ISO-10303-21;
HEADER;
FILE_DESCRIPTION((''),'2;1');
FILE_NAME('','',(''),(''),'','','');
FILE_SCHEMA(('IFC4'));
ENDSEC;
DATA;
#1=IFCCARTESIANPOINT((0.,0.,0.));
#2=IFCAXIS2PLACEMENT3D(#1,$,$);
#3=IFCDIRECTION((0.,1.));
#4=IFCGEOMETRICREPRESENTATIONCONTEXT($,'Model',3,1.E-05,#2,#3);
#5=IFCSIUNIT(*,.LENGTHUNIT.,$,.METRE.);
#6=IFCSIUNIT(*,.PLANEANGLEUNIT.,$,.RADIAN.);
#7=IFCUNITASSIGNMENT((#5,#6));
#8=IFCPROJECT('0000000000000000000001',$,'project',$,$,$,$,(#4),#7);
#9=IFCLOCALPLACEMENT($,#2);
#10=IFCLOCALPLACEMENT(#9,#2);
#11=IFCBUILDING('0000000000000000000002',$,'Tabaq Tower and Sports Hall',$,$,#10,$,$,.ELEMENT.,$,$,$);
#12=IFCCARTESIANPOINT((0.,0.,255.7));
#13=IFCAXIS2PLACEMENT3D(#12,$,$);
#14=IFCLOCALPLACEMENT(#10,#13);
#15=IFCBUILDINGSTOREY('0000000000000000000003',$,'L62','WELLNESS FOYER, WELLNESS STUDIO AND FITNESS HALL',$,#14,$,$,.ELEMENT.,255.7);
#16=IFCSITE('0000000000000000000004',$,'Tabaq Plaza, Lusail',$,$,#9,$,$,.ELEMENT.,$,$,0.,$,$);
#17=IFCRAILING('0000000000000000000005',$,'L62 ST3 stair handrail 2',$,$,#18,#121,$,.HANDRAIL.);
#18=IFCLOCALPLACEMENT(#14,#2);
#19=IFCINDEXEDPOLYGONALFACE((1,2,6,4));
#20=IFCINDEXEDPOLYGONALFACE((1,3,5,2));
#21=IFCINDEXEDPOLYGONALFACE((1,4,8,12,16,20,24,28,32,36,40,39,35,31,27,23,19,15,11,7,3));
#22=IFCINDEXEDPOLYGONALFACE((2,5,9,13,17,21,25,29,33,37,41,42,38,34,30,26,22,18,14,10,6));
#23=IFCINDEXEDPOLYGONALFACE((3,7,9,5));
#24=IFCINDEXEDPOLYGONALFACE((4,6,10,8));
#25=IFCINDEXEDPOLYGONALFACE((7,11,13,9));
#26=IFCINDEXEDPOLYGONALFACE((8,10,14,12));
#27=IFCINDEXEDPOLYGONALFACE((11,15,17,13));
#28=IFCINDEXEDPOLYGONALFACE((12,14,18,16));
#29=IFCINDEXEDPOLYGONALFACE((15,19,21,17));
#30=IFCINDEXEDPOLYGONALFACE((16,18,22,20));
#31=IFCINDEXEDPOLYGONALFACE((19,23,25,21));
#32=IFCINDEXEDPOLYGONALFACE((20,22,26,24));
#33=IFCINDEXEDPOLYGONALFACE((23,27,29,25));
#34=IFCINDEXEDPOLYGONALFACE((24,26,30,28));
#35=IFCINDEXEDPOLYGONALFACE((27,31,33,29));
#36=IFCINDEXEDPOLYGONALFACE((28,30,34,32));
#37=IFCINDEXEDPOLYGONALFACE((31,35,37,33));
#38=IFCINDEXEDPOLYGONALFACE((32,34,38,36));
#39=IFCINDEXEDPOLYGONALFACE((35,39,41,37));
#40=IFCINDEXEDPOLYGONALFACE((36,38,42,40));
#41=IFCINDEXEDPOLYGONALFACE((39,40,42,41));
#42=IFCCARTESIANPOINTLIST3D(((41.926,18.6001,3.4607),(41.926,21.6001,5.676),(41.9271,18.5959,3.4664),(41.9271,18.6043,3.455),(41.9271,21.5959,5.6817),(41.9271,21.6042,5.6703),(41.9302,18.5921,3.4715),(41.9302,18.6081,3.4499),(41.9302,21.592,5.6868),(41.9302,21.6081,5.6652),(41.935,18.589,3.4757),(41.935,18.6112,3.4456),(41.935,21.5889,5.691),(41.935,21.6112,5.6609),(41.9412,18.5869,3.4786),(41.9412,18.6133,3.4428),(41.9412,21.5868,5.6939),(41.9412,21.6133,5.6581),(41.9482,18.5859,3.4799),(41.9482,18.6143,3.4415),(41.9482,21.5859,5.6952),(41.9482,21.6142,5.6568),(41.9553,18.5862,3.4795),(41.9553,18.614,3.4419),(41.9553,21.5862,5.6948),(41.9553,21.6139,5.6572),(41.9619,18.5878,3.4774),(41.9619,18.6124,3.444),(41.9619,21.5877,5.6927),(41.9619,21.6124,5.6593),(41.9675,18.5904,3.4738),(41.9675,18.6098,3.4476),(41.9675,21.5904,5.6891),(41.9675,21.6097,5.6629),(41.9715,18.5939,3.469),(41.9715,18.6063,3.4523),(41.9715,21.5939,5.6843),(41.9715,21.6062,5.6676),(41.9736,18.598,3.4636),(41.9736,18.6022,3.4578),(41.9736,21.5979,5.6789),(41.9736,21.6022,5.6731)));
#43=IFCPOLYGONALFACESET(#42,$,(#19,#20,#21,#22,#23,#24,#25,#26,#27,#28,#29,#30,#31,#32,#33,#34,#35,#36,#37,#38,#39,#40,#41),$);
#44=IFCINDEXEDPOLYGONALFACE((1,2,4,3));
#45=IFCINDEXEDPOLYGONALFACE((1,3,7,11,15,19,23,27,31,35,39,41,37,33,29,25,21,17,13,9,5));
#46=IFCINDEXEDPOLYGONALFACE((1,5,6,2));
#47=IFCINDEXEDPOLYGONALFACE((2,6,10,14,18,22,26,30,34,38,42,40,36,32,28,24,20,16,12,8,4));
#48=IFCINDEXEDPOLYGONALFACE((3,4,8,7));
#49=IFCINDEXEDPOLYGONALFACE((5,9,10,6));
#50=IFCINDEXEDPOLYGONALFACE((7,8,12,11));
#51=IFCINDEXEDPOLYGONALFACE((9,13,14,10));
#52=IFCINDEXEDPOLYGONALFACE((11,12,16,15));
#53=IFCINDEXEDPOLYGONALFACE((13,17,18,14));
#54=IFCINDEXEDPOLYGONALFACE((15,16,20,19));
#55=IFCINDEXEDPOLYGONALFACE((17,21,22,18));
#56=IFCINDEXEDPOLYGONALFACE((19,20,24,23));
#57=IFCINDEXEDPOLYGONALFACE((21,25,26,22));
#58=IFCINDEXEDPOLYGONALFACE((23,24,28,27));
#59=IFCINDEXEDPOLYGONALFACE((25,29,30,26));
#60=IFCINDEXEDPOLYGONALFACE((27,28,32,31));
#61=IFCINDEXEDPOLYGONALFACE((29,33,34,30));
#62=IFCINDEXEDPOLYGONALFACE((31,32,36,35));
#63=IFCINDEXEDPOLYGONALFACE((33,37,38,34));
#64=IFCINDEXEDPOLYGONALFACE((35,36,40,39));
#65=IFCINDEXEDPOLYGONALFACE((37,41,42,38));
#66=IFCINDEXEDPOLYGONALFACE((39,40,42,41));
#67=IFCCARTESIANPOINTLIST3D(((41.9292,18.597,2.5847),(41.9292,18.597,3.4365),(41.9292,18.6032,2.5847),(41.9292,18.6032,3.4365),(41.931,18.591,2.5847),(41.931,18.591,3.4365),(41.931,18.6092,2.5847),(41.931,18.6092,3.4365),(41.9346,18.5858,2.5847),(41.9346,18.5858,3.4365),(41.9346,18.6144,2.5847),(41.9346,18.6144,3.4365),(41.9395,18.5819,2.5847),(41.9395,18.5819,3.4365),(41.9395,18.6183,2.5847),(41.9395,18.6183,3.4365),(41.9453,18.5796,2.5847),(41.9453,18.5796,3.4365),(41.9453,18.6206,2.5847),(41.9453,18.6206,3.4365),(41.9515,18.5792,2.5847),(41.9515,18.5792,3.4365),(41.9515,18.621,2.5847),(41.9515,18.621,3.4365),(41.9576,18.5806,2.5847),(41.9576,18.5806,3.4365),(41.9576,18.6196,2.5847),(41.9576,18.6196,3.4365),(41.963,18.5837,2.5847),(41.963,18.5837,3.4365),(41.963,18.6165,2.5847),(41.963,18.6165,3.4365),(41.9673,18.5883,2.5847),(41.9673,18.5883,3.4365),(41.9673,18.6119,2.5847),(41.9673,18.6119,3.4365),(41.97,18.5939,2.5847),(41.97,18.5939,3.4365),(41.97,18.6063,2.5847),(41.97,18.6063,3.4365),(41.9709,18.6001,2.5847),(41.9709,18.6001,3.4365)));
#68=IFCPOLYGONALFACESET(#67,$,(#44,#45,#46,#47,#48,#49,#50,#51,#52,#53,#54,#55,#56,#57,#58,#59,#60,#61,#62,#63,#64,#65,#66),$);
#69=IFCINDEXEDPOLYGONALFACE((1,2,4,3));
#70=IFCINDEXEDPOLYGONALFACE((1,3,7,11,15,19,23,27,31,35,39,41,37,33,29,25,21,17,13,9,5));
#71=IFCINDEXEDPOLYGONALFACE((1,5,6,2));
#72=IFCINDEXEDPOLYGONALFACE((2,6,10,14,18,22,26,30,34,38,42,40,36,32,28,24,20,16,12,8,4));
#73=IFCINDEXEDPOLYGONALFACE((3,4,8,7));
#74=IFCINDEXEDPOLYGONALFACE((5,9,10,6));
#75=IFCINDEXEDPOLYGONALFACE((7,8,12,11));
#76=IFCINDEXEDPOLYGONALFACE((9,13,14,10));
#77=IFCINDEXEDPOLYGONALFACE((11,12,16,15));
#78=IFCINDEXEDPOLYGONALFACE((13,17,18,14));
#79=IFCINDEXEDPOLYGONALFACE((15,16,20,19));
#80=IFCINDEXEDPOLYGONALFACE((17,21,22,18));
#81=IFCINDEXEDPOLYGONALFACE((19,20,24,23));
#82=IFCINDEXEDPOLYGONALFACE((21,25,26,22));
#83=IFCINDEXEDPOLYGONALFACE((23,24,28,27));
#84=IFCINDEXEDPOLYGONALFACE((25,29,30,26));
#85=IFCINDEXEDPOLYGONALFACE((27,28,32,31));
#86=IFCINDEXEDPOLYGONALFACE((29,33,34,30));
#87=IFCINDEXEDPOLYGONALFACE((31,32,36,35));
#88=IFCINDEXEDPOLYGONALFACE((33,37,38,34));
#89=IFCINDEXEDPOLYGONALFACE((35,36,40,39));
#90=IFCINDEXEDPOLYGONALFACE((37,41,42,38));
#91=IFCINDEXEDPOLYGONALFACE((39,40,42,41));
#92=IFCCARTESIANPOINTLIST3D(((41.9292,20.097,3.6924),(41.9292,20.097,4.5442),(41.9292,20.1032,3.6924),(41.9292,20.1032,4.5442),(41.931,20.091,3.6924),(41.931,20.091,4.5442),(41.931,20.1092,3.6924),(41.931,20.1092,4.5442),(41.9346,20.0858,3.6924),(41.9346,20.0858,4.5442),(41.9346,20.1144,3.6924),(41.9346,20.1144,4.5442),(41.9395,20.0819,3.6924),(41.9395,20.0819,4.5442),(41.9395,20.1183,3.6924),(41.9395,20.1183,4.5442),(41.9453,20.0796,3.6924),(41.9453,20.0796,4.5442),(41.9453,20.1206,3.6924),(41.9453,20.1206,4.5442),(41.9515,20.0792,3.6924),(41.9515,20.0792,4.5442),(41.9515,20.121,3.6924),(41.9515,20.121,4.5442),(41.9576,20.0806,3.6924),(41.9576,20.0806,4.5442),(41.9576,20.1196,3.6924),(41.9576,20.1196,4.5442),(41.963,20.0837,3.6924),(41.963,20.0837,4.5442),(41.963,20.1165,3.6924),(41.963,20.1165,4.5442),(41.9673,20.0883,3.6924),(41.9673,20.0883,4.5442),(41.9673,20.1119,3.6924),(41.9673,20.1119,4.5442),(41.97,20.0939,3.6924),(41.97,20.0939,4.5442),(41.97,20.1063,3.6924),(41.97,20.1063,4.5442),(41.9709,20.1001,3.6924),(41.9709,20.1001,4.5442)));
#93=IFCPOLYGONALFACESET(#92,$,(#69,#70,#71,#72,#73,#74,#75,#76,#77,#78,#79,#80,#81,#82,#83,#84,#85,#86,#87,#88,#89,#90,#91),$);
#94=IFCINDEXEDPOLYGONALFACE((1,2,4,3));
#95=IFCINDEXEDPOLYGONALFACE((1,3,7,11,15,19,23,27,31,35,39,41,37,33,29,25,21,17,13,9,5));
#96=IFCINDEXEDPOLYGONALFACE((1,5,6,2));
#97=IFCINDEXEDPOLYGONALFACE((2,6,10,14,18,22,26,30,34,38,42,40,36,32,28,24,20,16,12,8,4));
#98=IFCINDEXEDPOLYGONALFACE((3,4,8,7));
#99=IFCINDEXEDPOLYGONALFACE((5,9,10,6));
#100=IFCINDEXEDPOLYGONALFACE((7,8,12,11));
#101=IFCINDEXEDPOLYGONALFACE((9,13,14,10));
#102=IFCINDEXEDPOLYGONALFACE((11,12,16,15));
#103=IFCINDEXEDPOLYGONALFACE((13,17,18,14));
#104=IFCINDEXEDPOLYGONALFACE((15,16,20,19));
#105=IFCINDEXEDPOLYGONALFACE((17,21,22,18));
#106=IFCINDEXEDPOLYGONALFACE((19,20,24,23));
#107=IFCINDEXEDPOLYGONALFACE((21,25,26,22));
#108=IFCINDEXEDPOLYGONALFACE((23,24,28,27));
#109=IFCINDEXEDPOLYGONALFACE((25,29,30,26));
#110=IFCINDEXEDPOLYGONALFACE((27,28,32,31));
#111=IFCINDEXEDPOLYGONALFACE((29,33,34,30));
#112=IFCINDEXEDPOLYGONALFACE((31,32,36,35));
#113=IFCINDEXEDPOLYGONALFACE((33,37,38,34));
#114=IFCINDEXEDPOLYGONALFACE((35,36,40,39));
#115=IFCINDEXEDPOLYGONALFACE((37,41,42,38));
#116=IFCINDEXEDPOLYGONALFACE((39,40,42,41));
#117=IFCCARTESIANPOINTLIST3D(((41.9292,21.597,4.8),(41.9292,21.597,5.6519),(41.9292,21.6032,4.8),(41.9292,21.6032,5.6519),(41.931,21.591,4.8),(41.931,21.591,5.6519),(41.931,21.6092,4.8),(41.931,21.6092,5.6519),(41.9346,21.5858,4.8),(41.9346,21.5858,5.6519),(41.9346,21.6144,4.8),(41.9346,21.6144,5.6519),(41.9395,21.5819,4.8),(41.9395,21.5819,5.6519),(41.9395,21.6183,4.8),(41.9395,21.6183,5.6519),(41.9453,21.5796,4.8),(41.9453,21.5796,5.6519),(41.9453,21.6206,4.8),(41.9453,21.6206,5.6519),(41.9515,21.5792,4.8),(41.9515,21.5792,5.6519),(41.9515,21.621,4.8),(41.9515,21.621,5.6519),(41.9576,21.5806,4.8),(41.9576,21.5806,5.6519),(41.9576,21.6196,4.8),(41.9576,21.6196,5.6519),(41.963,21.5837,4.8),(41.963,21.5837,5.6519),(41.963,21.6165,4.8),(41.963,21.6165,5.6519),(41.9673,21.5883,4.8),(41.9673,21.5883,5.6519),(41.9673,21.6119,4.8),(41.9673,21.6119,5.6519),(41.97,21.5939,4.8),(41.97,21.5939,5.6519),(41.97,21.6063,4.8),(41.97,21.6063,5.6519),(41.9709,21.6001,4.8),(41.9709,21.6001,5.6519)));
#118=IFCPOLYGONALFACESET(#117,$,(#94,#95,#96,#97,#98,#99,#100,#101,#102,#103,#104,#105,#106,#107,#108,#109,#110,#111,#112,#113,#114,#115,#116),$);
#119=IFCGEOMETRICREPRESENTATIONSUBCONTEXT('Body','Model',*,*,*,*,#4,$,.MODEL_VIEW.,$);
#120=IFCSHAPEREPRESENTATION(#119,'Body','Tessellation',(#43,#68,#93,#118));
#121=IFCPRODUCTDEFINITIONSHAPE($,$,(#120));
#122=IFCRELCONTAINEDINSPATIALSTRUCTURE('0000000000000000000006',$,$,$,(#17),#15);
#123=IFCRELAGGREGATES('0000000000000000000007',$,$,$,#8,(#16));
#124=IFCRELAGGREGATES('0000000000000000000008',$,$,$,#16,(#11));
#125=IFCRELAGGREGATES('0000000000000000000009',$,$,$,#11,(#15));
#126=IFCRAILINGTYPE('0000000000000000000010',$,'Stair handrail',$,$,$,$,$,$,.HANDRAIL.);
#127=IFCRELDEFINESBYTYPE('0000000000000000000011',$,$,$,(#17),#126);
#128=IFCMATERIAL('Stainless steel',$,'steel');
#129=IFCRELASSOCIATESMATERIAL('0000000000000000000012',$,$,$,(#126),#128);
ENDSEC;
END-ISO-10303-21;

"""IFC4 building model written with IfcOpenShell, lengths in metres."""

from ifc_helpers import new_model, si_unit, direction, frame, origin, origin_2d, place, context, subcontext, project, spatial, circle, extrude, material, type_object, element, save


model = new_model("IFC4")

# Units and contexts
model_context = context("Model", 3, precision=1e-05, world=origin(), true_north=direction((0.0, 1.0)))
body_context = subcontext(model_context, "Body", "Model", "MODEL_VIEW")
ifc_project = project(units=[si_unit("LENGTHUNIT", "METRE"), si_unit("PLANEANGLEUNIT", "RADIAN")], contexts=[model_context])

# Site, building, storey
site_placement = place(None, origin())
site = spatial("IfcSite", under=ifc_project, at=site_placement, Name="Tabaq Plaza, Lusail", CompositionType="ELEMENT", RefElevation=0.0)
building_placement = place(site_placement, origin())
building = spatial("IfcBuilding", under=site, at=building_placement, Name="Tabaq Tower and Sports Hall", CompositionType="ELEMENT")
storey_placement = place(building_placement, frame((0.0, 0.0, 255.7)))
storey = spatial("IfcBuildingStorey", under=building, at=storey_placement, Name="L62", Description="WELLNESS FOYER, WELLNESS STUDIO AND FITNESS HALL", CompositionType="ELEMENT", Elevation=255.7)

# Railing
ifc_material_1 = material(Name="Stainless steel", Category="steel")
railing_type_1 = type_object("IfcRailingType", Name="Stair handrail", PredefinedType="HANDRAIL", material=ifc_material_1)
railing_1_placement = place(storey_placement, frame((41.95, 18.6001, 2.5847)))
element("IfcRailing", 1, at=railing_1_placement, inside=storey, type_object=railing_type_1, Name="L62 ST3 stair handrail 2", PredefinedType="HANDRAIL", context=body_context, shape_type="SweptSolid", body=[
    extrude(circle(Radius=0.0239, at=origin_2d()), frame((0.0, 0.0, 0.876), z_axis=(0.0, 0.80444, 0.594034), x_axis=(-1.0, 0.0, 0.0)), (0.0, 0.0, 1.0), 3.7292),
    extrude(circle(Radius=0.021, at=origin_2d()), origin(), (0.0, 0.0, 1.0), 0.8518),
    extrude(circle(Radius=0.021, at=origin_2d()), frame((0.0, 1.5, 1.1077)), (0.0, 0.0, 1.0), 0.8518),
    extrude(circle(Radius=0.021, at=origin_2d()), frame((0.0, 3.0, 2.2153)), (0.0, 0.0, 1.0), 0.8518),
])

save(model, "model.ifc")
